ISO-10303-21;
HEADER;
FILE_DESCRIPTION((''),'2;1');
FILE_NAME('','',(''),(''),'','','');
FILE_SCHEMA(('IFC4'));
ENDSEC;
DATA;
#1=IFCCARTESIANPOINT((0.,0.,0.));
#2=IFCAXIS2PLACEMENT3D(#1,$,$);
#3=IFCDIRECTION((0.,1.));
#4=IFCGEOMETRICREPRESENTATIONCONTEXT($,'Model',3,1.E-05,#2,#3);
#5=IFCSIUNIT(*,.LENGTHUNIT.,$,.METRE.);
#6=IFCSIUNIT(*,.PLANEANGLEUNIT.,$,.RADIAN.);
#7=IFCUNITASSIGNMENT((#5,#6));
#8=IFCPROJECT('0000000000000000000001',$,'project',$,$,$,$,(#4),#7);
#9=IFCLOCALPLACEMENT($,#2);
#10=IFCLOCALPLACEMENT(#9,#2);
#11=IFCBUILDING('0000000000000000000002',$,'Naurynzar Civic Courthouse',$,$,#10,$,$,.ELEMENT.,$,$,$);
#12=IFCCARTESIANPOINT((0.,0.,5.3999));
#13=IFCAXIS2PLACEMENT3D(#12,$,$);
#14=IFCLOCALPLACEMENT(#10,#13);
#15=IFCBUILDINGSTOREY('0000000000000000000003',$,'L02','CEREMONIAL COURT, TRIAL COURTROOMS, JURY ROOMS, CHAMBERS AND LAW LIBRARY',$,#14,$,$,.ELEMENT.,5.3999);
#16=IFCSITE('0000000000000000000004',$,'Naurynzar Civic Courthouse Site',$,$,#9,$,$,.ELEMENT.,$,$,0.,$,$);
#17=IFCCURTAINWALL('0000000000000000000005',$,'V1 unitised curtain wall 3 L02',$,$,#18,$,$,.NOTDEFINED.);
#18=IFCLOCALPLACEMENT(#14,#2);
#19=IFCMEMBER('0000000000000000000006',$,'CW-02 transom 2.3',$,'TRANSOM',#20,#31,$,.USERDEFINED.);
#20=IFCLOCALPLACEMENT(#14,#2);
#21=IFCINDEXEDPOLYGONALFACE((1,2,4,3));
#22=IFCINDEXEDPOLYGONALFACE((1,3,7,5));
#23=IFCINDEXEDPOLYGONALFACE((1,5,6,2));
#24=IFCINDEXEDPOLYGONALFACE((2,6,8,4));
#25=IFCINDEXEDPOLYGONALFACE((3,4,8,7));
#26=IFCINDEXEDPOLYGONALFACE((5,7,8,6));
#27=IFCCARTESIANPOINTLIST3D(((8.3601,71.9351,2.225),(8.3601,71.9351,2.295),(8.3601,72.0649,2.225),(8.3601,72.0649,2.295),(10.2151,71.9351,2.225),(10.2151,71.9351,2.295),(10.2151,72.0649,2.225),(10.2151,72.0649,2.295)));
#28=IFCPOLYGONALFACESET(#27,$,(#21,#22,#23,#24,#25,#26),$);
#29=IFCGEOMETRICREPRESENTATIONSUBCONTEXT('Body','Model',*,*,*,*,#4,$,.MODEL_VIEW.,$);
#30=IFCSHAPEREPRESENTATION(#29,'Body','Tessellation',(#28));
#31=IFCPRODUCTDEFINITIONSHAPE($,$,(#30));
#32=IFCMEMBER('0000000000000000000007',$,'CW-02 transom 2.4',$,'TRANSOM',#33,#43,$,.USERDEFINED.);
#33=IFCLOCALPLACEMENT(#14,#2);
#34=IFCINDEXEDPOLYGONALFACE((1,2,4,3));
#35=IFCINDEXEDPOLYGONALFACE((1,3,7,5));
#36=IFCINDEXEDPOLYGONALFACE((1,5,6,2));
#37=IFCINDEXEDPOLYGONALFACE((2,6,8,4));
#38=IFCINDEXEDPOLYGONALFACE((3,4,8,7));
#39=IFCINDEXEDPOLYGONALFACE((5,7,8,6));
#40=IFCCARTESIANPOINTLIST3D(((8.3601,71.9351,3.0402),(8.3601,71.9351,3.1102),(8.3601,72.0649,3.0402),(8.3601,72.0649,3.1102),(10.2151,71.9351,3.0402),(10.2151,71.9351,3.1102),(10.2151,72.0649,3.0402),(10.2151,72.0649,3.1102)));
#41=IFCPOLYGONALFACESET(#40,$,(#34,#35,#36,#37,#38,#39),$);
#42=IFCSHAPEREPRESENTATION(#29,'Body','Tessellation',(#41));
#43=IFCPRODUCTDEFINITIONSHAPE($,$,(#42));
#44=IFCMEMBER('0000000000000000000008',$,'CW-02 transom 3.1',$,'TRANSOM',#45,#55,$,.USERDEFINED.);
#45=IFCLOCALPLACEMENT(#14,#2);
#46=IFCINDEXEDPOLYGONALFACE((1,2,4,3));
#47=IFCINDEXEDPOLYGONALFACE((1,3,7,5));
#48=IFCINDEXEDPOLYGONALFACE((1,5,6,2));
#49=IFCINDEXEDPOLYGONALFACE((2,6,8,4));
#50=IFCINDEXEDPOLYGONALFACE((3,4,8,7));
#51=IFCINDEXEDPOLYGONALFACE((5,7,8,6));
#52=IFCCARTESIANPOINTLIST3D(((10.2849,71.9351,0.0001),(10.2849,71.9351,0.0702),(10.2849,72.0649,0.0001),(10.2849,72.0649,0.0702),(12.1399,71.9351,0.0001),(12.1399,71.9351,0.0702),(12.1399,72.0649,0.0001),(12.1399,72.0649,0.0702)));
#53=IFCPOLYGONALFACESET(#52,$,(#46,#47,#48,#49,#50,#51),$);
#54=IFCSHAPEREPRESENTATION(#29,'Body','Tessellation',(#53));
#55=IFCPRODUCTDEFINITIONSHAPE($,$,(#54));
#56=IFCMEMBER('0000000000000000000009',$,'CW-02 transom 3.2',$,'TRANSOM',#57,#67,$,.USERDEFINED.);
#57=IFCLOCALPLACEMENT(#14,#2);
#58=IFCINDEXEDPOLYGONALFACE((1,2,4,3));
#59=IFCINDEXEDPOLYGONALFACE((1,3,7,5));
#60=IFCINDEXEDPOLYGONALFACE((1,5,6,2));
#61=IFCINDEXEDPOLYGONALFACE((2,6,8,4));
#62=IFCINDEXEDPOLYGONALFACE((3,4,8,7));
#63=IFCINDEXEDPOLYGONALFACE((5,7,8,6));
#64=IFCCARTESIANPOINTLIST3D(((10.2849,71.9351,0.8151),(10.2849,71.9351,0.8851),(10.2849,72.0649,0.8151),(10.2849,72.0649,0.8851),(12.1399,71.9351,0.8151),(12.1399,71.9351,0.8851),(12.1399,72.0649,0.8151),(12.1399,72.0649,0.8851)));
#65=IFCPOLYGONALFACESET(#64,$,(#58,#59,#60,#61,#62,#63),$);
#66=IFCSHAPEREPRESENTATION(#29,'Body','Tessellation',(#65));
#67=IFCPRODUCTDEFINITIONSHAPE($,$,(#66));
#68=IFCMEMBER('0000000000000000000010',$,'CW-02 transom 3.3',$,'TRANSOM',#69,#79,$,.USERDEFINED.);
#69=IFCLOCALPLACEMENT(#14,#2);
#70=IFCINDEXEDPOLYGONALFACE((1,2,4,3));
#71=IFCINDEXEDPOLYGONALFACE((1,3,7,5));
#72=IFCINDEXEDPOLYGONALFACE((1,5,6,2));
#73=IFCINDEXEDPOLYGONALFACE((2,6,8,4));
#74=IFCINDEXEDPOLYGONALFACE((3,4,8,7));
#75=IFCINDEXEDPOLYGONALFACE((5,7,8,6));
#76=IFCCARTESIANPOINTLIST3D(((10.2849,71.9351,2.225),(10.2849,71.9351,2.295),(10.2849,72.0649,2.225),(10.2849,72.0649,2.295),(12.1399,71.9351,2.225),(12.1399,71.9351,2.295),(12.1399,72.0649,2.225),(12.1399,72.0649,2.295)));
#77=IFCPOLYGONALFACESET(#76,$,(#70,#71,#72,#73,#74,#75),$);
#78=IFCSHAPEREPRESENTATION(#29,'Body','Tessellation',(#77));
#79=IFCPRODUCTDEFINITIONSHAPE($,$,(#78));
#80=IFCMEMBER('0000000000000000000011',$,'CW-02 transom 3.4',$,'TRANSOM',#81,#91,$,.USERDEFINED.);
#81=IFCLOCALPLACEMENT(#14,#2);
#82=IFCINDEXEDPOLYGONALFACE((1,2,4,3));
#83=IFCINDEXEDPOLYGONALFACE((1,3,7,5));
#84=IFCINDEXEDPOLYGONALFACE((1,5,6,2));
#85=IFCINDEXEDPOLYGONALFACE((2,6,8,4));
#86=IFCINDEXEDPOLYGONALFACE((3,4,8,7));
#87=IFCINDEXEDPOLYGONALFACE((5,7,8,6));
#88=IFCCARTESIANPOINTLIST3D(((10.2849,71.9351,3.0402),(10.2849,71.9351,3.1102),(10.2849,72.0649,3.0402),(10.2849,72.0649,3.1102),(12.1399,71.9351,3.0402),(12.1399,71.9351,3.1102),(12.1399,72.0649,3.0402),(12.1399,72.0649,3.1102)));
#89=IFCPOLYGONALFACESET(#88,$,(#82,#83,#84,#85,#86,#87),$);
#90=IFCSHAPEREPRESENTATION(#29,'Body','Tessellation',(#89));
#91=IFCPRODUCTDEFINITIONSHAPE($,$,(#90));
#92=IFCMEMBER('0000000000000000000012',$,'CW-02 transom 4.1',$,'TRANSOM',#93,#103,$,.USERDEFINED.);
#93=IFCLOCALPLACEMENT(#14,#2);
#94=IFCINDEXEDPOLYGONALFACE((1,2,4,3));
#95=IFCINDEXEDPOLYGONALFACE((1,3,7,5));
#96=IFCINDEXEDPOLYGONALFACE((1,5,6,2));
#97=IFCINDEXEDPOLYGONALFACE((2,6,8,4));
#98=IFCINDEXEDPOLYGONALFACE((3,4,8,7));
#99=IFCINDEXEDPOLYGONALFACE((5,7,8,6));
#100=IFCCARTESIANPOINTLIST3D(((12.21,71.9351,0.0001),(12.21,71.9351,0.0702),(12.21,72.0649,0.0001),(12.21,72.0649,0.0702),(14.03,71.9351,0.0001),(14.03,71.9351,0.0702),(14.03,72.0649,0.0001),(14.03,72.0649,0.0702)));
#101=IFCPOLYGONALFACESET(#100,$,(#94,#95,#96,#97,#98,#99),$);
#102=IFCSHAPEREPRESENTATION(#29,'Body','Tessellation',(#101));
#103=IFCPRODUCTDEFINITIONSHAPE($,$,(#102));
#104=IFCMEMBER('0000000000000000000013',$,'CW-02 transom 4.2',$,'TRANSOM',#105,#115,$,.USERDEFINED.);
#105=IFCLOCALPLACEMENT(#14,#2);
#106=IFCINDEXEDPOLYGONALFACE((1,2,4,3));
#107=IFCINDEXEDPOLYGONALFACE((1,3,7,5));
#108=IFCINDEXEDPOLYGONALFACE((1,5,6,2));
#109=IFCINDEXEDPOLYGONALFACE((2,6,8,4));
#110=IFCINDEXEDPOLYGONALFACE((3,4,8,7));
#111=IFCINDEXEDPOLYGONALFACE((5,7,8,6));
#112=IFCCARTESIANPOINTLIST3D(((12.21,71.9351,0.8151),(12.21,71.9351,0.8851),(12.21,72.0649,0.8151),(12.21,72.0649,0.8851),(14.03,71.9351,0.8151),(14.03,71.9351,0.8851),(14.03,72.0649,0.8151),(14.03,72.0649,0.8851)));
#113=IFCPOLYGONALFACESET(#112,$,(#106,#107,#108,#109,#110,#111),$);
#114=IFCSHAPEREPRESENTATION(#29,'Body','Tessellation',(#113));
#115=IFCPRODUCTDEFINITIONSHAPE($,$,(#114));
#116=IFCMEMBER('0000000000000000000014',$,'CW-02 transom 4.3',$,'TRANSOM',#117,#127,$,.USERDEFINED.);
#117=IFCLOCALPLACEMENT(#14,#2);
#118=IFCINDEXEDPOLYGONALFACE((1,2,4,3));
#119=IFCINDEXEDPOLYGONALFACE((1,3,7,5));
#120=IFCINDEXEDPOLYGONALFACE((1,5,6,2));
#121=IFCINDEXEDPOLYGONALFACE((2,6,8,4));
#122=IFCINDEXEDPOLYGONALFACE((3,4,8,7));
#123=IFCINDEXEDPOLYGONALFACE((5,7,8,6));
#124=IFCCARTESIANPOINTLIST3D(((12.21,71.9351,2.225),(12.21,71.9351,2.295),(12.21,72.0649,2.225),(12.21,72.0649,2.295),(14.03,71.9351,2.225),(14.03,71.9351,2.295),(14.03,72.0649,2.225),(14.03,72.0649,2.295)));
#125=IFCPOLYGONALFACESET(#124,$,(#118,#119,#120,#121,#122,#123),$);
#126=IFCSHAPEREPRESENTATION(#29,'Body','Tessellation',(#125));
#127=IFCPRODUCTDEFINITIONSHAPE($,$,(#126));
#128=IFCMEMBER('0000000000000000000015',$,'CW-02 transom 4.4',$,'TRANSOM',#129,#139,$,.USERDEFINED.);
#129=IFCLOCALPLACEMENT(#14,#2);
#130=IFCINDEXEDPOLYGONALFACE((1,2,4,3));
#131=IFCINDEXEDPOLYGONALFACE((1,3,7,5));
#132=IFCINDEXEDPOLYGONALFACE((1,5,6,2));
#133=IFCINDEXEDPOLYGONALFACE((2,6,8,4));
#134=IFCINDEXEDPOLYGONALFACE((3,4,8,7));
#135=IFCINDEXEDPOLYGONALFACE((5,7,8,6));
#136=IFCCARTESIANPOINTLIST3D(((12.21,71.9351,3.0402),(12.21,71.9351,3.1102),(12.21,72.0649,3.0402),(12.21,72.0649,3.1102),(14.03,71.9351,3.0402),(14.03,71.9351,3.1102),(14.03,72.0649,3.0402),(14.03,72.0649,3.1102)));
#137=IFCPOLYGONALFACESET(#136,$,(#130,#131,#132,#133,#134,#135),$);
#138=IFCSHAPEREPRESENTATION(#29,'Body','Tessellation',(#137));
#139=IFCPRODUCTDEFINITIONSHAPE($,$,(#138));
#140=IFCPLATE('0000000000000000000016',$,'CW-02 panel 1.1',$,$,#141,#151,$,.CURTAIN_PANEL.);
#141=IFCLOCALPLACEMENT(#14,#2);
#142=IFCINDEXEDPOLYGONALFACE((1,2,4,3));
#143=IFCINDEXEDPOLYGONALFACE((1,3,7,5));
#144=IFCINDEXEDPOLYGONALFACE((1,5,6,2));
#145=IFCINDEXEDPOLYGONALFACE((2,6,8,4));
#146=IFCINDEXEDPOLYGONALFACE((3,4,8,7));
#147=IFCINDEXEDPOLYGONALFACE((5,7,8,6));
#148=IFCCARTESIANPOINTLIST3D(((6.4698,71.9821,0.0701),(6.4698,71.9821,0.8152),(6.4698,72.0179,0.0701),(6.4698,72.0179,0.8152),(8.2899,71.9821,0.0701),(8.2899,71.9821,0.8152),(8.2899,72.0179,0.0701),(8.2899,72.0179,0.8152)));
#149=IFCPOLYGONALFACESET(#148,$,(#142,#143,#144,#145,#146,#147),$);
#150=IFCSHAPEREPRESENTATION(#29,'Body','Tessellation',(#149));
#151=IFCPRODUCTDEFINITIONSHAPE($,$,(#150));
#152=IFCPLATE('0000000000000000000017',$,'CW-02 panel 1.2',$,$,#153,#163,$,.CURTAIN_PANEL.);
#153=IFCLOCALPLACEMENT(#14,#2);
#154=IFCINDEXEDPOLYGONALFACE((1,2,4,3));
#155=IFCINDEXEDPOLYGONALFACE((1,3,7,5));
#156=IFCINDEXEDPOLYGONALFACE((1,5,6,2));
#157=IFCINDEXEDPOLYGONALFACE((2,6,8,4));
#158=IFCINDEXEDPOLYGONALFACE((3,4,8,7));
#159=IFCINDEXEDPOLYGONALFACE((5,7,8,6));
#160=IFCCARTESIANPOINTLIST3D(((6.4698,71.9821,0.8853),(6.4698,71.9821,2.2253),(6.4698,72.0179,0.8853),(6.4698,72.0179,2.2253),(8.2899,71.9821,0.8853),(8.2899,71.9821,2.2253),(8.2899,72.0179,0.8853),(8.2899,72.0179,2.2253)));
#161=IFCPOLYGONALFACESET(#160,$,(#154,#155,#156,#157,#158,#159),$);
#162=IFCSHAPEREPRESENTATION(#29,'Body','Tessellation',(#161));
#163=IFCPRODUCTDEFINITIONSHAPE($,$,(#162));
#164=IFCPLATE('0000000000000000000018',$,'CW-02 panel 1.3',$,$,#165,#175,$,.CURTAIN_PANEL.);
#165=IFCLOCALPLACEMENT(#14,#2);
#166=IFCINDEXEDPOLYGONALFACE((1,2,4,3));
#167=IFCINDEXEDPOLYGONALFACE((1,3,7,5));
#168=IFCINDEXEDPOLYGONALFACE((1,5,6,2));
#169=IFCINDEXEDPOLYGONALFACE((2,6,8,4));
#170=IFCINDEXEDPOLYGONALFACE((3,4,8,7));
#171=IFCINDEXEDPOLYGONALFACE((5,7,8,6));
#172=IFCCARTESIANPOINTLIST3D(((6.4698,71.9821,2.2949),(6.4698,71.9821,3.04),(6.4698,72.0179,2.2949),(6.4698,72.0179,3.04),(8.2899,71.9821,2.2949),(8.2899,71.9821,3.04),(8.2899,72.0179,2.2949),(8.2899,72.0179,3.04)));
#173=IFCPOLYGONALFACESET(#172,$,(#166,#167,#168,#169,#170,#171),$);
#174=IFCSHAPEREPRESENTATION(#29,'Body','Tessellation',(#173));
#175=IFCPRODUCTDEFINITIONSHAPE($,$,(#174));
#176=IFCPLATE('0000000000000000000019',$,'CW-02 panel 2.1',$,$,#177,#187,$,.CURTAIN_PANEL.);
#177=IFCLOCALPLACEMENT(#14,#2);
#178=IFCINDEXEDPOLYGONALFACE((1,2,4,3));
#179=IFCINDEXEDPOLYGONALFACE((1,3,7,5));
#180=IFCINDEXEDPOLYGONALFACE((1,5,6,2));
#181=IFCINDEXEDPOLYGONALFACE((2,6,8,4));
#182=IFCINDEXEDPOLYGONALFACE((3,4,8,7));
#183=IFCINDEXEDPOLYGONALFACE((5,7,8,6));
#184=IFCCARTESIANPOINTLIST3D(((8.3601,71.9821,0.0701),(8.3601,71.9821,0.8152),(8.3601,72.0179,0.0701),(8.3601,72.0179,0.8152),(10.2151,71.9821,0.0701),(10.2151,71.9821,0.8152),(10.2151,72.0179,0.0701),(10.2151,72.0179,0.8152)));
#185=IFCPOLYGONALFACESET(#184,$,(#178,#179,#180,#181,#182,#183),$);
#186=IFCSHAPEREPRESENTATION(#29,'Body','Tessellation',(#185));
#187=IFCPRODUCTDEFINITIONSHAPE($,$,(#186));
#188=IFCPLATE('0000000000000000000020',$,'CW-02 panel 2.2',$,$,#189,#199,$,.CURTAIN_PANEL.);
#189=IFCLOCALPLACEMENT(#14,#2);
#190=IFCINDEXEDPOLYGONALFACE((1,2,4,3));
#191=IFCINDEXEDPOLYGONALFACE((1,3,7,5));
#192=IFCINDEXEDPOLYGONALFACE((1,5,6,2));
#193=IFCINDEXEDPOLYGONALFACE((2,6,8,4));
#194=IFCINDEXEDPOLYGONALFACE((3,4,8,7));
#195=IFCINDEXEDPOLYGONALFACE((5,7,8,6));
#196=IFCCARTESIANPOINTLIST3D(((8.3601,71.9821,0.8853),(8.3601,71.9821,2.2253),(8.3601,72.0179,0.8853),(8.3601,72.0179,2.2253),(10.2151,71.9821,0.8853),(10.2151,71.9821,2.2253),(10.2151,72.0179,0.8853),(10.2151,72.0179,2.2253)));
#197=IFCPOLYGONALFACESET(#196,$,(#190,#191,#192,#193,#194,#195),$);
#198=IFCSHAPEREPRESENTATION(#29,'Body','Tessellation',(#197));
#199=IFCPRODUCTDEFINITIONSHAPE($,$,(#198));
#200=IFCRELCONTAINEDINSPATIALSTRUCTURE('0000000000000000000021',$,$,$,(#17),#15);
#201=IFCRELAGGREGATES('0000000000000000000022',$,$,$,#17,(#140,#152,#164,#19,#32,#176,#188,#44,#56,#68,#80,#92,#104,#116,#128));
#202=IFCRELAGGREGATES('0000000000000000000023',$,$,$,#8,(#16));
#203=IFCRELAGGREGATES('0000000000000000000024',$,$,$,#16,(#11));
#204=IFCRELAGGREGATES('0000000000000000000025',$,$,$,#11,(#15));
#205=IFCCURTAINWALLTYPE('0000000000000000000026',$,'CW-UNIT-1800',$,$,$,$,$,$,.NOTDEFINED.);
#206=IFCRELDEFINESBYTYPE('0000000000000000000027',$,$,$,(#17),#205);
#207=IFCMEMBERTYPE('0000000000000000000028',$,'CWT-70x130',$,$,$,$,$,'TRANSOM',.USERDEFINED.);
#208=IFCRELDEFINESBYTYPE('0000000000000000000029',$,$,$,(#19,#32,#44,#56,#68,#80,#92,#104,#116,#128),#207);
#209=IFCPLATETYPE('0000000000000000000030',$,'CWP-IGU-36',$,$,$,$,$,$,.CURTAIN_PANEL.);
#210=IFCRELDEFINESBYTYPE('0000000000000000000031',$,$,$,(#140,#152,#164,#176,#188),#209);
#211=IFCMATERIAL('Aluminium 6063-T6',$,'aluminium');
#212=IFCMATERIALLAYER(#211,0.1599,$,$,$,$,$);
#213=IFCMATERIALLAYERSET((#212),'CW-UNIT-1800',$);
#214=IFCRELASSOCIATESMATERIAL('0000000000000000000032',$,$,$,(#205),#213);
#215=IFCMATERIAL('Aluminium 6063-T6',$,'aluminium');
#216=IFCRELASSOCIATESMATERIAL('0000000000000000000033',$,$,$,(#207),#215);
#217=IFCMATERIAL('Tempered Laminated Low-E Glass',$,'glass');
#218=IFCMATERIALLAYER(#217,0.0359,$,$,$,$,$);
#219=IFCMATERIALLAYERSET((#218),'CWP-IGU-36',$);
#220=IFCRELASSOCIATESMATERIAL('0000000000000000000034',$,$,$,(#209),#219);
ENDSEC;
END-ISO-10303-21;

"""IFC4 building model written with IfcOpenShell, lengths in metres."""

from ifc_helpers import new_model, si_unit, direction, frame, origin, origin_2d, place, context, subcontext, project, spatial, rectangle, extrude, material, layer, layer_set, material_profile, profile_set, type_object, element, aggregate, save


model = new_model("IFC4")

# Units and contexts
model_context = context("Model", 3, precision=1e-05, world=origin(), true_north=direction((0.0, 1.0)))
body_context = subcontext(model_context, "Body", "Model", "MODEL_VIEW")
ifc_project = project(units=[si_unit("LENGTHUNIT", "METRE"), si_unit("PLANEANGLEUNIT", "RADIAN")], contexts=[model_context])

# Site, building, storey
site_placement = place(None, origin())
site = spatial("IfcSite", under=ifc_project, at=site_placement, Name="Naurynzar Civic Courthouse Site", CompositionType="ELEMENT", RefElevation=0.0)
building_placement = place(site_placement, origin())
building = spatial("IfcBuilding", under=site, at=building_placement, Name="Naurynzar Civic Courthouse", CompositionType="ELEMENT")
storey_placement = place(building_placement, frame((0.0, 0.0, 5.3999)))
storey = spatial("IfcBuildingStorey", under=building, at=storey_placement, Name="L02", Description="CEREMONIAL COURT, TRIAL COURTROOMS, JURY ROOMS, CHAMBERS AND LAW LIBRARY", CompositionType="ELEMENT", Elevation=5.3999)

# Shared definitions
ifc_material_1 = material(Name="Aluminium 6063-T6", Category="aluminium")
ifc_layer_1 = layer(ifc_material_1, 0.1599)
ifc_layer_set_1 = layer_set([ifc_layer_1], Name="CW-UNIT-1800")
curtain_wall_type = type_object("IfcCurtainWallType", Name="CW-UNIT-1800", PredefinedType="NOTDEFINED", material=ifc_layer_set_1)

# Curtain wall, members, plates
curtain_wall_1_placement = place(storey_placement, origin())
curtain_wall_1 = element("IfcCurtainWall", 1, at=curtain_wall_1_placement, inside=storey, type_object=curtain_wall_type, Name="V1 unitised curtain wall 3 L02", PredefinedType="NOTDEFINED")
ifc_material_2 = material(Name="Aluminium 6063-T6", Category="aluminium")
ifc_material_profile_1 = material_profile(ifc_material_2, rectangle(XDim=0.1299, YDim=0.0701, at=origin_2d()), Name="ALU TRANSOM 70x130")
ifc_profile_set_1 = profile_set([ifc_material_profile_1], Name="Aluminium 6063-T6")
member_type_1 = type_object("IfcMemberType", Name="CWT-70x130", ElementType="TRANSOM", PredefinedType="USERDEFINED", material=ifc_profile_set_1)
member_1_placement = place(storey_placement, frame((8.3601, 72.0, 2.26), z_axis=(1.0, 0.0, 0.0), x_axis=(0.0, 1.0, 0.0)))
member_1 = element("IfcMember", 2, at=member_1_placement, type_object=member_type_1, Name="CW-02 transom 2.3", ObjectType="TRANSOM", PredefinedType="USERDEFINED", context=body_context, shape_type="SweptSolid", body=[
    extrude(rectangle(XDim=0.1299, YDim=0.0701, at=origin_2d()), origin(), (0.0, 0.0, 1.0), 1.855),
])
member_2_placement = place(storey_placement, frame((8.3601, 72.0, 3.0752), z_axis=(1.0, 0.0, 0.0), x_axis=(0.0, 1.0, 0.0)))
member_2 = element("IfcMember", 3, at=member_2_placement, type_object=member_type_1, Name="CW-02 transom 2.4", ObjectType="TRANSOM", PredefinedType="USERDEFINED", context=body_context, shape_type="SweptSolid", body=[
    extrude(rectangle(XDim=0.1299, YDim=0.0701, at=origin_2d()), origin(), (0.0, 0.0, 1.0), 1.855),
])
member_3_placement = place(storey_placement, frame((10.2849, 72.0, 0.0352), z_axis=(1.0, 0.0, 0.0), x_axis=(0.0, 1.0, 0.0)))
member_3 = element("IfcMember", 4, at=member_3_placement, type_object=member_type_1, Name="CW-02 transom 3.1", ObjectType="TRANSOM", PredefinedType="USERDEFINED", context=body_context, shape_type="SweptSolid", body=[
    extrude(rectangle(XDim=0.1299, YDim=0.0701, at=origin_2d()), origin(), (0.0, 0.0, 1.0), 1.855),
])
member_4_placement = place(storey_placement, frame((10.2849, 72.0, 0.8501), z_axis=(1.0, 0.0, 0.0), x_axis=(0.0, 1.0, 0.0)))
member_4 = element("IfcMember", 5, at=member_4_placement, type_object=member_type_1, Name="CW-02 transom 3.2", ObjectType="TRANSOM", PredefinedType="USERDEFINED", context=body_context, shape_type="SweptSolid", body=[
    extrude(rectangle(XDim=0.1299, YDim=0.0701, at=origin_2d()), origin(), (0.0, 0.0, 1.0), 1.855),
])
member_5_placement = place(storey_placement, frame((10.2849, 72.0, 2.26), z_axis=(1.0, 0.0, 0.0), x_axis=(0.0, 1.0, 0.0)))
member_5 = element("IfcMember", 6, at=member_5_placement, type_object=member_type_1, Name="CW-02 transom 3.3", ObjectType="TRANSOM", PredefinedType="USERDEFINED", context=body_context, shape_type="SweptSolid", body=[
    extrude(rectangle(XDim=0.1299, YDim=0.0701, at=origin_2d()), origin(), (0.0, 0.0, 1.0), 1.855),
])
member_6_placement = place(storey_placement, frame((10.2849, 72.0, 3.0752), z_axis=(1.0, 0.0, 0.0), x_axis=(0.0, 1.0, 0.0)))
member_6 = element("IfcMember", 7, at=member_6_placement, type_object=member_type_1, Name="CW-02 transom 3.4", ObjectType="TRANSOM", PredefinedType="USERDEFINED", context=body_context, shape_type="SweptSolid", body=[
    extrude(rectangle(XDim=0.1299, YDim=0.0701, at=origin_2d()), origin(), (0.0, 0.0, 1.0), 1.855),
])
member_7_placement = place(storey_placement, frame((12.21, 72.0, 0.0352), z_axis=(1.0, 0.0, 0.0), x_axis=(0.0, 1.0, 0.0)))
member_7 = element("IfcMember", 8, at=member_7_placement, type_object=member_type_1, Name="CW-02 transom 4.1", ObjectType="TRANSOM", PredefinedType="USERDEFINED", context=body_context, shape_type="SweptSolid", body=[
    extrude(rectangle(XDim=0.1299, YDim=0.0701, at=origin_2d()), origin(), (0.0, 0.0, 1.0), 1.8201),
])
member_8_placement = place(storey_placement, frame((12.21, 72.0, 0.8501), z_axis=(1.0, 0.0, 0.0), x_axis=(0.0, 1.0, 0.0)))
member_8 = element("IfcMember", 9, at=member_8_placement, type_object=member_type_1, Name="CW-02 transom 4.2", ObjectType="TRANSOM", PredefinedType="USERDEFINED", context=body_context, shape_type="SweptSolid", body=[
    extrude(rectangle(XDim=0.1299, YDim=0.0701, at=origin_2d()), origin(), (0.0, 0.0, 1.0), 1.8201),
])
member_9_placement = place(storey_placement, frame((12.21, 72.0, 2.26), z_axis=(1.0, 0.0, 0.0), x_axis=(0.0, 1.0, 0.0)))
member_9 = element("IfcMember", 10, at=member_9_placement, type_object=member_type_1, Name="CW-02 transom 4.3", ObjectType="TRANSOM", PredefinedType="USERDEFINED", context=body_context, shape_type="SweptSolid", body=[
    extrude(rectangle(XDim=0.1299, YDim=0.0701, at=origin_2d()), origin(), (0.0, 0.0, 1.0), 1.8201),
])
member_10_placement = place(storey_placement, frame((12.21, 72.0, 3.0752), z_axis=(1.0, 0.0, 0.0), x_axis=(0.0, 1.0, 0.0)))
member_10 = element("IfcMember", 11, at=member_10_placement, type_object=member_type_1, Name="CW-02 transom 4.4", ObjectType="TRANSOM", PredefinedType="USERDEFINED", context=body_context, shape_type="SweptSolid", body=[
    extrude(rectangle(XDim=0.1299, YDim=0.0701, at=origin_2d()), origin(), (0.0, 0.0, 1.0), 1.8201),
])
ifc_material_3 = material(Name="Tempered Laminated Low-E Glass", Category="glass")
ifc_layer_2 = layer(ifc_material_3, 0.0359)
ifc_layer_set_2 = layer_set([ifc_layer_2], Name="CWP-IGU-36")
plate_type = type_object("IfcPlateType", Name="CWP-IGU-36", PredefinedType="CURTAIN_PANEL", material=ifc_layer_set_2)
plate_1_placement = place(storey_placement, frame((7.3799, 72.0, 0.0701), z_axis=(0.0, 0.0, 1.0), x_axis=(1.0, 0.0, 0.0)))
plate_1 = element("IfcPlate", 12, at=plate_1_placement, type_object=plate_type, Name="CW-02 panel 1.1", PredefinedType="CURTAIN_PANEL", context=body_context, shape_type="SweptSolid", body=[
    extrude(rectangle(XDim=1.8201, YDim=0.0359, at=origin_2d()), origin(), (0.0, 0.0, 1.0), 0.7451),
])
plate_2_placement = place(storey_placement, frame((7.3799, 72.0, 0.8853), z_axis=(0.0, 0.0, 1.0), x_axis=(1.0, 0.0, 0.0)))
plate_2 = element("IfcPlate", 13, at=plate_2_placement, type_object=plate_type, Name="CW-02 panel 1.2", PredefinedType="CURTAIN_PANEL", context=body_context, shape_type="SweptSolid", body=[
    extrude(rectangle(XDim=1.8201, YDim=0.0359, at=origin_2d()), origin(), (0.0, 0.0, 1.0), 1.3401),
])
plate_3_placement = place(storey_placement, frame((7.3799, 72.0, 2.2949), z_axis=(0.0, 0.0, 1.0), x_axis=(1.0, 0.0, 0.0)))
plate_3 = element("IfcPlate", 14, at=plate_3_placement, type_object=plate_type, Name="CW-02 panel 1.3", PredefinedType="CURTAIN_PANEL", context=body_context, shape_type="SweptSolid", body=[
    extrude(rectangle(XDim=1.8201, YDim=0.0359, at=origin_2d()), origin(), (0.0, 0.0, 1.0), 0.7451),
])
plate_4_placement = place(storey_placement, frame((9.2876, 72.0, 0.0701), z_axis=(0.0, 0.0, 1.0), x_axis=(1.0, 0.0, 0.0)))
plate_4 = element("IfcPlate", 15, at=plate_4_placement, type_object=plate_type, Name="CW-02 panel 2.1", PredefinedType="CURTAIN_PANEL", context=body_context, shape_type="SweptSolid", body=[
    extrude(rectangle(XDim=1.855, YDim=0.0359, at=origin_2d()), origin(), (0.0, 0.0, 1.0), 0.7451),
])
plate_5_placement = place(storey_placement, frame((9.2876, 72.0, 0.8853), z_axis=(0.0, 0.0, 1.0), x_axis=(1.0, 0.0, 0.0)))
plate_5 = element("IfcPlate", 16, at=plate_5_placement, type_object=plate_type, Name="CW-02 panel 2.2", PredefinedType="CURTAIN_PANEL", context=body_context, shape_type="SweptSolid", body=[
    extrude(rectangle(XDim=1.855, YDim=0.0359, at=origin_2d()), origin(), (0.0, 0.0, 1.0), 1.3401),
])
aggregate(curtain_wall_1, [plate_1, plate_2, plate_3, member_1, member_2, plate_4, plate_5, member_3, member_4, member_5, member_6, member_7, member_8, member_9, member_10])

save(model, "model.ifc")
